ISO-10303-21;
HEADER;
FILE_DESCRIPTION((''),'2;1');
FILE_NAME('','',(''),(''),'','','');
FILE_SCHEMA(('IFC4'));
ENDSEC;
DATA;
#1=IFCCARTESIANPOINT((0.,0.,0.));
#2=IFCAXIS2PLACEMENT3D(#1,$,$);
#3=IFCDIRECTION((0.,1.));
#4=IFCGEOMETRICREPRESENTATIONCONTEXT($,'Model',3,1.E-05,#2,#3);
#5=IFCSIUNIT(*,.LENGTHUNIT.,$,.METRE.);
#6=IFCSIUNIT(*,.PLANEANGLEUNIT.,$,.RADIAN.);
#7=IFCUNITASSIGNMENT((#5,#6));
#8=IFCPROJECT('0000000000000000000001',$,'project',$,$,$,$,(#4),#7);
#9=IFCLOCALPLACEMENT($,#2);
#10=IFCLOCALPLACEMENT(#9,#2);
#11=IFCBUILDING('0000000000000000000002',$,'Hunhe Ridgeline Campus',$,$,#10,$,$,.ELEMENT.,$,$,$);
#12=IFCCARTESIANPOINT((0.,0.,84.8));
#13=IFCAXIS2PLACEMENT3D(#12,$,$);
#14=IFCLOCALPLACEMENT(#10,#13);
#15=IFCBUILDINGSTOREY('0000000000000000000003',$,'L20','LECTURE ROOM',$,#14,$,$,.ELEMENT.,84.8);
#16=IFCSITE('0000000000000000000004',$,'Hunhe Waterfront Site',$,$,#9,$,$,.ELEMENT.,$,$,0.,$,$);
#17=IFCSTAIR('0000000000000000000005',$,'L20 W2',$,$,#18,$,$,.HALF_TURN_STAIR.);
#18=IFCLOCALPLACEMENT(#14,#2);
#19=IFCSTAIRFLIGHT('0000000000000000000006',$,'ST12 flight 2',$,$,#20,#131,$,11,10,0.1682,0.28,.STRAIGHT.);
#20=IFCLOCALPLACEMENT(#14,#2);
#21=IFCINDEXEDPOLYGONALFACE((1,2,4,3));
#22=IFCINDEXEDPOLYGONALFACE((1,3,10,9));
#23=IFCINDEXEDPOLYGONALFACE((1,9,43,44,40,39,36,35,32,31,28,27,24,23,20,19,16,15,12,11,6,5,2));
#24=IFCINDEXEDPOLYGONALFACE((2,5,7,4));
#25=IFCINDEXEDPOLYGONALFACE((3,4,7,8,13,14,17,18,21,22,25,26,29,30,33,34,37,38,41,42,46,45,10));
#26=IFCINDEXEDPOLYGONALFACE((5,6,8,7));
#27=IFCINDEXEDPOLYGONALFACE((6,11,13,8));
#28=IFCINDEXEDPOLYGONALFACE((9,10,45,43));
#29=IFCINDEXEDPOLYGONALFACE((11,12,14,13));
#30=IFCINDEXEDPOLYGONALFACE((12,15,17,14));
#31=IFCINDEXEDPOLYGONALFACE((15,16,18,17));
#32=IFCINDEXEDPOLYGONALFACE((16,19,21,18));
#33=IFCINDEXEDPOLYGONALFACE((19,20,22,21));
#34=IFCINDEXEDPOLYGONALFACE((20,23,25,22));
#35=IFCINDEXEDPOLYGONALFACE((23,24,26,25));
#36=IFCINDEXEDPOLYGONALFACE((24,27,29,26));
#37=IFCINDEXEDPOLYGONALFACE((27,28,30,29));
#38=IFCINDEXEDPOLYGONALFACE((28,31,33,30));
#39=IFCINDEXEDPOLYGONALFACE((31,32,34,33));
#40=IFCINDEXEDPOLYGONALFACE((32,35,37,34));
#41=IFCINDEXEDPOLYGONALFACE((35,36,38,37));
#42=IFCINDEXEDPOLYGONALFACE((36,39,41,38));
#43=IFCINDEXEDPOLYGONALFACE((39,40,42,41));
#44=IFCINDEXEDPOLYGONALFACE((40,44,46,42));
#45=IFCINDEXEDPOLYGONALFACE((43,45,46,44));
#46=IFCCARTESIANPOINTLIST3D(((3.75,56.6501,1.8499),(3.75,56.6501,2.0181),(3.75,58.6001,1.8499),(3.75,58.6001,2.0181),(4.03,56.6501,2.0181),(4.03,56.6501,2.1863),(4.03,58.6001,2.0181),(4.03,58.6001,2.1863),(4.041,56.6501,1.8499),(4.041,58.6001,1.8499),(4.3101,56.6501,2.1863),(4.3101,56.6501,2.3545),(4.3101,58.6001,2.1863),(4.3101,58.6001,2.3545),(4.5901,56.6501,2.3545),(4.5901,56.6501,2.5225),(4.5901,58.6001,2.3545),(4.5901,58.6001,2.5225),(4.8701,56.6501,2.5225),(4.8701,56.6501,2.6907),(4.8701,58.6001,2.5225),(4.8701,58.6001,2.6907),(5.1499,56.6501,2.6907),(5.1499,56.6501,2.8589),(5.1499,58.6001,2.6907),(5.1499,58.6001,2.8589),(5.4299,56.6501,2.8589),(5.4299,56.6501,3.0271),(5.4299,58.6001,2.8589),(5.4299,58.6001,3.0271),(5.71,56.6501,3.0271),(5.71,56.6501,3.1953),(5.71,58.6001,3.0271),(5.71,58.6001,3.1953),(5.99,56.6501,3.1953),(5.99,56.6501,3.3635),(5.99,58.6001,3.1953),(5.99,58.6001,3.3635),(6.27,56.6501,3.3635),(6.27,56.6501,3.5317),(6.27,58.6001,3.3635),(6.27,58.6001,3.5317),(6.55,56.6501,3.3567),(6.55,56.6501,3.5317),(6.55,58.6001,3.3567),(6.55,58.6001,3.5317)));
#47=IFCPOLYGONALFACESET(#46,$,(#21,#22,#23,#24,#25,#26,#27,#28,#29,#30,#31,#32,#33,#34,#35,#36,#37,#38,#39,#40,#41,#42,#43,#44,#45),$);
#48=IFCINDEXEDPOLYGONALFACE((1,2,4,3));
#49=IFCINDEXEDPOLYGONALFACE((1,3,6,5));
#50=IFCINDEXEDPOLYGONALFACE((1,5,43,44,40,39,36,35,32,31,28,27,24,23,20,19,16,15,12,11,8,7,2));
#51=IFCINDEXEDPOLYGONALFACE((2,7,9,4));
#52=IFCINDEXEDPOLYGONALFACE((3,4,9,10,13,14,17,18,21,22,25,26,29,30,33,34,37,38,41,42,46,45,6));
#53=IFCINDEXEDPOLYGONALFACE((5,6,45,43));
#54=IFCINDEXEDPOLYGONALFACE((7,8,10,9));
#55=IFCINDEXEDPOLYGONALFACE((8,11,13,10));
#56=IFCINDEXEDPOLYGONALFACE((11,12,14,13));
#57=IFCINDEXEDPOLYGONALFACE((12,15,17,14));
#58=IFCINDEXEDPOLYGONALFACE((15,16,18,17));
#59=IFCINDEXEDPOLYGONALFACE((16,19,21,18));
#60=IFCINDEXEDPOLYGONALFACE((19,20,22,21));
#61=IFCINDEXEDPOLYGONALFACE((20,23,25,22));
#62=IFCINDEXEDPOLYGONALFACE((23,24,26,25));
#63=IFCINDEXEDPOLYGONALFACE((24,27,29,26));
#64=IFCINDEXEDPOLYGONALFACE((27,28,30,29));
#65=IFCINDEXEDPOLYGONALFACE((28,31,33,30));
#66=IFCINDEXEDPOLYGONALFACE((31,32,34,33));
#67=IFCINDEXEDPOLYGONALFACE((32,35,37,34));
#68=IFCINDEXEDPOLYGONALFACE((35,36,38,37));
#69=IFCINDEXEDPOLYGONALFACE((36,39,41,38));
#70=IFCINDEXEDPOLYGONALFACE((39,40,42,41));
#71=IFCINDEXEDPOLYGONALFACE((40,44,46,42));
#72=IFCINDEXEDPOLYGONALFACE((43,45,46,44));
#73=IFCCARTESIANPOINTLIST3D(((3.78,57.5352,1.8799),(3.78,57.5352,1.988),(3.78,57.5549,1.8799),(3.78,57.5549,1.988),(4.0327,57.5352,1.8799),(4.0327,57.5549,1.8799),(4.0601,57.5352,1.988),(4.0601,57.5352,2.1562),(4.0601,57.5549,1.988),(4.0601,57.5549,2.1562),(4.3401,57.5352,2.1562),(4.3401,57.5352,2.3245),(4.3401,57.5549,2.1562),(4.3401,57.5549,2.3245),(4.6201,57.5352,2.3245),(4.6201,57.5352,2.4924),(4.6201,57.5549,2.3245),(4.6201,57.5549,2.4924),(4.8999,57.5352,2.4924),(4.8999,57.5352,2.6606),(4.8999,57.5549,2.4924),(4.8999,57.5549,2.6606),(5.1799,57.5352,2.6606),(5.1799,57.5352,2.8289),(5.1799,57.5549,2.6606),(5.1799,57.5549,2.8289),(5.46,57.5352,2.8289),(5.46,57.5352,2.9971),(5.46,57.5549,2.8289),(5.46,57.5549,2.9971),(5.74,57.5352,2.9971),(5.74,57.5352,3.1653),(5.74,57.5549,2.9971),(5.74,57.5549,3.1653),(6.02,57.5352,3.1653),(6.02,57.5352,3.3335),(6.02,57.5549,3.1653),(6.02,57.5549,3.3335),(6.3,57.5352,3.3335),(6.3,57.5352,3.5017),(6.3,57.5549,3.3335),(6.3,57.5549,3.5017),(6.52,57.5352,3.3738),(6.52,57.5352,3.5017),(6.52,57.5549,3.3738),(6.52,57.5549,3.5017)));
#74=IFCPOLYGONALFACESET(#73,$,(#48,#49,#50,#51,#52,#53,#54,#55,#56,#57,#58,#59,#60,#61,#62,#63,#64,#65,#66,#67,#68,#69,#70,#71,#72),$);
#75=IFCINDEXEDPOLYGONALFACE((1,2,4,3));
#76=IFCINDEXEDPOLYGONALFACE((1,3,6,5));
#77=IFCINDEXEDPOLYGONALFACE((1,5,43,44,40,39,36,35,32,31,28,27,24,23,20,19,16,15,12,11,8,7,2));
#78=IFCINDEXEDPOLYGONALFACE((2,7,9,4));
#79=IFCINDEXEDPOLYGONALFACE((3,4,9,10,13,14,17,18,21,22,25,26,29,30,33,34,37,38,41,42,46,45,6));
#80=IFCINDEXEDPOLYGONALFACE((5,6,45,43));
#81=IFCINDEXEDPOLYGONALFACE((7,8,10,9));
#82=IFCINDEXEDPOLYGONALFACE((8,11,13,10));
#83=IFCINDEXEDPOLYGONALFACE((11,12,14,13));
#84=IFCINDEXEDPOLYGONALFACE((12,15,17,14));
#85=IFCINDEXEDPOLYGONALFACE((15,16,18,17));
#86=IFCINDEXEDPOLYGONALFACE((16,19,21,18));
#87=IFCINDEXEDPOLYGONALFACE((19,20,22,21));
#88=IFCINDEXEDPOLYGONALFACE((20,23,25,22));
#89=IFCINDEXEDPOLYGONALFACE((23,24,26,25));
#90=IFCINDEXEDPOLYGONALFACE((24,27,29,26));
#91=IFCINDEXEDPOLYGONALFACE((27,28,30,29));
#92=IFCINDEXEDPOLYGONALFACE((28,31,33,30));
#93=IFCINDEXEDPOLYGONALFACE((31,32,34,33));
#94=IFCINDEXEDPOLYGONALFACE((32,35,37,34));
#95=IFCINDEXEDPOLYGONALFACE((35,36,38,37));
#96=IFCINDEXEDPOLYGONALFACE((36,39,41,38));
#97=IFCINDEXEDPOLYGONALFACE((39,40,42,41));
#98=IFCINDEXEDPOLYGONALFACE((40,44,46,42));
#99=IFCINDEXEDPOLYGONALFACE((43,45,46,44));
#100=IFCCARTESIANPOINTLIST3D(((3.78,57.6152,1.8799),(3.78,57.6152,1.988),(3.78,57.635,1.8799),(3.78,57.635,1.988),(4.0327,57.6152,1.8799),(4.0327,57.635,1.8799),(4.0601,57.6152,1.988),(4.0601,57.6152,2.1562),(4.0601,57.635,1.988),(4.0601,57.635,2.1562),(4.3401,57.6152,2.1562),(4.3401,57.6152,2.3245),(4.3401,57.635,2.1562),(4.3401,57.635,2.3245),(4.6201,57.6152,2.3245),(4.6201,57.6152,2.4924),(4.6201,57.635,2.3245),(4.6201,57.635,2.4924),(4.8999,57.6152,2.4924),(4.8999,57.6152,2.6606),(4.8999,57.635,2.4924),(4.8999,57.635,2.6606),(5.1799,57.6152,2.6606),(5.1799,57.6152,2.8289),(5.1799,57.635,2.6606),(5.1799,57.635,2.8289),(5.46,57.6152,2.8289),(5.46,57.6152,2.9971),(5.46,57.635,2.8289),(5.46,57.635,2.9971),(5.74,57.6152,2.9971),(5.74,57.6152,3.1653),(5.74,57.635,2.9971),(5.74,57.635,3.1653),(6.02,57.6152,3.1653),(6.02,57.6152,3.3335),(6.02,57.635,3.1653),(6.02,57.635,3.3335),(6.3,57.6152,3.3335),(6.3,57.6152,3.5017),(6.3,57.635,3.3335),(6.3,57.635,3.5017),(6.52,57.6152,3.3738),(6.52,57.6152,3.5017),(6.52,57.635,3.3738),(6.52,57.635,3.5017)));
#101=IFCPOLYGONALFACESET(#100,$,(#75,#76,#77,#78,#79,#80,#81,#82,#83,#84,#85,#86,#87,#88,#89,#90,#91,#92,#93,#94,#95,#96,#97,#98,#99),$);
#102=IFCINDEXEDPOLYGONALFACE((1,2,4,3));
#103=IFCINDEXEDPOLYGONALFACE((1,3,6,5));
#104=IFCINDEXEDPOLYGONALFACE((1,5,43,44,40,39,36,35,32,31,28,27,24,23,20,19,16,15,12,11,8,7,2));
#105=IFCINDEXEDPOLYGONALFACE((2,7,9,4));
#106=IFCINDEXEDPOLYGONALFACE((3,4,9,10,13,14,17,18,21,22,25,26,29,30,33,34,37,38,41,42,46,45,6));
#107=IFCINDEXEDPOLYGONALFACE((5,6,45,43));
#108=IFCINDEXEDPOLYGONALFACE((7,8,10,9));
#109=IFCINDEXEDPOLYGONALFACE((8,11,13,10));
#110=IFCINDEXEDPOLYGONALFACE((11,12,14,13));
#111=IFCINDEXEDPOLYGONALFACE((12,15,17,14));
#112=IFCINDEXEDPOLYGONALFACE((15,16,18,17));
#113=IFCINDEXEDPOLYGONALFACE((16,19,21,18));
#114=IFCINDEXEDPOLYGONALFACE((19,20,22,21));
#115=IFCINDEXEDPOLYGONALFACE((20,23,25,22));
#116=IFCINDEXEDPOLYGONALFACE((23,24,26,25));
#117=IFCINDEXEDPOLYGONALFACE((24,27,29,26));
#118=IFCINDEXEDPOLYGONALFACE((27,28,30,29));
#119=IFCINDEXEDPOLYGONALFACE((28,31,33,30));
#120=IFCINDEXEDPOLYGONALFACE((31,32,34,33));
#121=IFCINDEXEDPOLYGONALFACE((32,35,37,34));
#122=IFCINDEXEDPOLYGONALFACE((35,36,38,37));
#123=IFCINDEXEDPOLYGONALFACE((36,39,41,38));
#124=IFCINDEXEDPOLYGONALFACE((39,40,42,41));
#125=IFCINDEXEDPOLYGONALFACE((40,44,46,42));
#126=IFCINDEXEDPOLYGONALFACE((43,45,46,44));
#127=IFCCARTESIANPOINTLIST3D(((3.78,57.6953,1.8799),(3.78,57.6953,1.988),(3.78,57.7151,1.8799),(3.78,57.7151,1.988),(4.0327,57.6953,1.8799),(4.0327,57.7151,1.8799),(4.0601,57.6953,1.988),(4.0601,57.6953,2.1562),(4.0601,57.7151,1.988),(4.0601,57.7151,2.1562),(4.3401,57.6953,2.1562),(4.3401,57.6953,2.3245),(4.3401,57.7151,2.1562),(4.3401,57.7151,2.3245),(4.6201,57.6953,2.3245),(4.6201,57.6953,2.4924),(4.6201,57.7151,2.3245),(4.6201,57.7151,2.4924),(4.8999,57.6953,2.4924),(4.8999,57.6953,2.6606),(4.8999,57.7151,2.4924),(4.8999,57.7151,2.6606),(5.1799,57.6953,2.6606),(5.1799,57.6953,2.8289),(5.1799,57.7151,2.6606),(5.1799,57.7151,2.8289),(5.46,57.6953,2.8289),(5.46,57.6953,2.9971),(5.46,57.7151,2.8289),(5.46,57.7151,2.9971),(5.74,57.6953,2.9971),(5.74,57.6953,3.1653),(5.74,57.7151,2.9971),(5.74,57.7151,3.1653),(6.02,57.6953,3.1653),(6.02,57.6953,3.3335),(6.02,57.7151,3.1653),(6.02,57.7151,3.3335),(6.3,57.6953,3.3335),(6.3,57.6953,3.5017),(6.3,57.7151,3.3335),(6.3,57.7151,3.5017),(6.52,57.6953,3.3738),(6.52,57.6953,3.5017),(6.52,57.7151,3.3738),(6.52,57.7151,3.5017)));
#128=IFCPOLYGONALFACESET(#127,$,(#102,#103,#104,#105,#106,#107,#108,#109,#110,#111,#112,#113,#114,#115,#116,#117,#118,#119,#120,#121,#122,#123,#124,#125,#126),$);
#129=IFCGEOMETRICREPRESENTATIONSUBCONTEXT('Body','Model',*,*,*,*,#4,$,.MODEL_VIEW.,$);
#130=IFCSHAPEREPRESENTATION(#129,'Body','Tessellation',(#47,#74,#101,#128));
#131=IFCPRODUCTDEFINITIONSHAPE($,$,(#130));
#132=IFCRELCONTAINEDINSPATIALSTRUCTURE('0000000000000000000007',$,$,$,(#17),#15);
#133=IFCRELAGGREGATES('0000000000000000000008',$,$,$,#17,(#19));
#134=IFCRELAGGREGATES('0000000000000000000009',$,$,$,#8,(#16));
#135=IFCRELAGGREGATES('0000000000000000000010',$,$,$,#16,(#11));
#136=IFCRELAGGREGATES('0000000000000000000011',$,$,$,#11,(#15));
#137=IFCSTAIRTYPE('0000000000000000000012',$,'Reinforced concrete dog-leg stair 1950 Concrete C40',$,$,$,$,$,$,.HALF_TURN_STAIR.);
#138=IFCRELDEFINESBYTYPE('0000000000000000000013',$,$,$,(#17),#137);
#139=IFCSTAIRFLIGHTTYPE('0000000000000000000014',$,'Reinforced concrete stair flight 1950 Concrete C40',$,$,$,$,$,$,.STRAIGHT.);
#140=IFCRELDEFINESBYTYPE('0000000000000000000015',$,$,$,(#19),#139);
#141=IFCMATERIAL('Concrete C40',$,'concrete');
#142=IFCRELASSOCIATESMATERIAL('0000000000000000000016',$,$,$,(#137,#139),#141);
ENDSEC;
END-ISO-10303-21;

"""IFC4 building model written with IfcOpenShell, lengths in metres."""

from ifc_helpers import new_model, si_unit, direction, frame, origin, place, context, subcontext, project, spatial, polyline, outline, extrude, material, type_object, element, aggregate, save


model = new_model("IFC4")

# Units and contexts
model_context = context("Model", 3, precision=1e-05, world=origin(), true_north=direction((0.0, 1.0)))
body_context = subcontext(model_context, "Body", "Model", "MODEL_VIEW")
ifc_project = project(units=[si_unit("LENGTHUNIT", "METRE"), si_unit("PLANEANGLEUNIT", "RADIAN")], contexts=[model_context])

# Site, building, storey
site_placement = place(None, origin())
site = spatial("IfcSite", under=ifc_project, at=site_placement, Name="Hunhe Waterfront Site", CompositionType="ELEMENT", RefElevation=0.0)
building_placement = place(site_placement, origin())
building = spatial("IfcBuilding", under=site, at=building_placement, Name="Hunhe Ridgeline Campus", CompositionType="ELEMENT")
storey_placement = place(building_placement, frame((0.0, 0.0, 84.8)))
storey = spatial("IfcBuildingStorey", under=building, at=storey_placement, Name="L20", Description="LECTURE ROOM", CompositionType="ELEMENT", Elevation=84.8)

# Stair, stair flight
ifc_material_1 = material(Name="Concrete C40", Category="concrete")
stair_type = type_object("IfcStairType", Name="Reinforced concrete dog-leg stair 1950 Concrete C40", PredefinedType="HALF_TURN_STAIR", material=ifc_material_1)
stair_placement = place(storey_placement, origin())
stair = element("IfcStair", 1, at=stair_placement, inside=storey, type_object=stair_type, Name="L20 W2", PredefinedType="HALF_TURN_STAIR")
stair_flight_type = type_object("IfcStairFlightType", Name="Reinforced concrete stair flight 1950 Concrete C40", PredefinedType="STRAIGHT", material=ifc_material_1)
stair_flight_1_placement = place(storey_placement, frame((3.75, 57.625, 1.8499), z_axis=(0.0, 0.0, 1.0), x_axis=(1.0, 0.0, 0.0)))
stair_flight_1 = element("IfcStairFlight", 2, at=stair_flight_1_placement, type_object=stair_flight_type, Name="ST12 flight 2", NumberOfRisers=11, NumberOfTreads=10, PredefinedType="STRAIGHT", RiserHeight=0.1682, TreadLength=0.28, context=body_context, shape_type="SweptSolid", body=[
    extrude(outline(polyline([(0.0, 0.0), (0.0, 0.1682), (0.28, 0.1682), (0.28, 0.3364), (0.5601, 0.3364), (0.5601, 0.5046), (0.8401, 0.5046), (0.8401, 0.6726), (1.1201, 0.6726), (1.1201, 0.8408), (1.3999, 0.8408), (1.3999, 1.009), (1.6799, 1.009), (1.6799, 1.1772), (1.96, 1.1772), (1.96, 1.3455), (2.24, 1.3455), (2.24, 1.5137), (2.52, 1.5137), (2.52, 1.6819), (2.8, 1.6819), (2.8, 1.8501), (2.8, 1.5068), (0.291, 0.0), (0.0, 0.0)])), frame((0.0, 0.9751, 0.0), z_axis=(0.0, -1.0, 0.0), x_axis=(1.0, 0.0, 0.0)), (0.0, 0.0, 1.0), 1.95),
    extrude(outline(polyline([(0.03, 0.03), (0.03, 0.1382), (0.3101, 0.1382), (0.3101, 0.3064), (0.5901, 0.3064), (0.5901, 0.4746), (0.8701, 0.4746), (0.8701, 0.6426), (1.1499, 0.6426), (1.1499, 0.8108), (1.4299, 0.8108), (1.4299, 0.979), (1.71, 0.979), (1.71, 1.1472), (1.99, 1.1472), (1.99, 1.3154), (2.27, 1.3154), (2.27, 1.4836), (2.55, 1.4836), (2.55, 1.6519), (2.77, 1.6519), (2.77, 1.5239), (0.2827, 0.03), (0.03, 0.03)])), frame((0.0, -0.0701, 0.0), z_axis=(0.0, -1.0, 0.0), x_axis=(1.0, 0.0, 0.0)), (0.0, 0.0, 1.0), 0.0198),
    extrude(outline(polyline([(0.03, 0.03), (0.03, 0.1382), (0.3101, 0.1382), (0.3101, 0.3064), (0.5901, 0.3064), (0.5901, 0.4746), (0.8701, 0.4746), (0.8701, 0.6426), (1.1499, 0.6426), (1.1499, 0.8108), (1.4299, 0.8108), (1.4299, 0.979), (1.71, 0.979), (1.71, 1.1472), (1.99, 1.1472), (1.99, 1.3154), (2.27, 1.3154), (2.27, 1.4836), (2.55, 1.4836), (2.55, 1.6519), (2.77, 1.6519), (2.77, 1.5239), (0.2827, 0.03), (0.03, 0.03)])), frame((0.0, 0.01, 0.0), z_axis=(0.0, -1.0, 0.0), x_axis=(1.0, 0.0, 0.0)), (0.0, 0.0, 1.0), 0.0198),
    extrude(outline(polyline([(0.03, 0.03), (0.03, 0.1382), (0.3101, 0.1382), (0.3101, 0.3064), (0.5901, 0.3064), (0.5901, 0.4746), (0.8701, 0.4746), (0.8701, 0.6426), (1.1499, 0.6426), (1.1499, 0.8108), (1.4299, 0.8108), (1.4299, 0.979), (1.71, 0.979), (1.71, 1.1472), (1.99, 1.1472), (1.99, 1.3154), (2.27, 1.3154), (2.27, 1.4836), (2.55, 1.4836), (2.55, 1.6519), (2.77, 1.6519), (2.77, 1.5239), (0.2827, 0.03), (0.03, 0.03)])), frame((0.0, 0.0901, 0.0), z_axis=(0.0, -1.0, 0.0), x_axis=(1.0, 0.0, 0.0)), (0.0, 0.0, 1.0), 0.0198),
])
aggregate(stair, [stair_flight_1])

save(model, "model.ifc")
